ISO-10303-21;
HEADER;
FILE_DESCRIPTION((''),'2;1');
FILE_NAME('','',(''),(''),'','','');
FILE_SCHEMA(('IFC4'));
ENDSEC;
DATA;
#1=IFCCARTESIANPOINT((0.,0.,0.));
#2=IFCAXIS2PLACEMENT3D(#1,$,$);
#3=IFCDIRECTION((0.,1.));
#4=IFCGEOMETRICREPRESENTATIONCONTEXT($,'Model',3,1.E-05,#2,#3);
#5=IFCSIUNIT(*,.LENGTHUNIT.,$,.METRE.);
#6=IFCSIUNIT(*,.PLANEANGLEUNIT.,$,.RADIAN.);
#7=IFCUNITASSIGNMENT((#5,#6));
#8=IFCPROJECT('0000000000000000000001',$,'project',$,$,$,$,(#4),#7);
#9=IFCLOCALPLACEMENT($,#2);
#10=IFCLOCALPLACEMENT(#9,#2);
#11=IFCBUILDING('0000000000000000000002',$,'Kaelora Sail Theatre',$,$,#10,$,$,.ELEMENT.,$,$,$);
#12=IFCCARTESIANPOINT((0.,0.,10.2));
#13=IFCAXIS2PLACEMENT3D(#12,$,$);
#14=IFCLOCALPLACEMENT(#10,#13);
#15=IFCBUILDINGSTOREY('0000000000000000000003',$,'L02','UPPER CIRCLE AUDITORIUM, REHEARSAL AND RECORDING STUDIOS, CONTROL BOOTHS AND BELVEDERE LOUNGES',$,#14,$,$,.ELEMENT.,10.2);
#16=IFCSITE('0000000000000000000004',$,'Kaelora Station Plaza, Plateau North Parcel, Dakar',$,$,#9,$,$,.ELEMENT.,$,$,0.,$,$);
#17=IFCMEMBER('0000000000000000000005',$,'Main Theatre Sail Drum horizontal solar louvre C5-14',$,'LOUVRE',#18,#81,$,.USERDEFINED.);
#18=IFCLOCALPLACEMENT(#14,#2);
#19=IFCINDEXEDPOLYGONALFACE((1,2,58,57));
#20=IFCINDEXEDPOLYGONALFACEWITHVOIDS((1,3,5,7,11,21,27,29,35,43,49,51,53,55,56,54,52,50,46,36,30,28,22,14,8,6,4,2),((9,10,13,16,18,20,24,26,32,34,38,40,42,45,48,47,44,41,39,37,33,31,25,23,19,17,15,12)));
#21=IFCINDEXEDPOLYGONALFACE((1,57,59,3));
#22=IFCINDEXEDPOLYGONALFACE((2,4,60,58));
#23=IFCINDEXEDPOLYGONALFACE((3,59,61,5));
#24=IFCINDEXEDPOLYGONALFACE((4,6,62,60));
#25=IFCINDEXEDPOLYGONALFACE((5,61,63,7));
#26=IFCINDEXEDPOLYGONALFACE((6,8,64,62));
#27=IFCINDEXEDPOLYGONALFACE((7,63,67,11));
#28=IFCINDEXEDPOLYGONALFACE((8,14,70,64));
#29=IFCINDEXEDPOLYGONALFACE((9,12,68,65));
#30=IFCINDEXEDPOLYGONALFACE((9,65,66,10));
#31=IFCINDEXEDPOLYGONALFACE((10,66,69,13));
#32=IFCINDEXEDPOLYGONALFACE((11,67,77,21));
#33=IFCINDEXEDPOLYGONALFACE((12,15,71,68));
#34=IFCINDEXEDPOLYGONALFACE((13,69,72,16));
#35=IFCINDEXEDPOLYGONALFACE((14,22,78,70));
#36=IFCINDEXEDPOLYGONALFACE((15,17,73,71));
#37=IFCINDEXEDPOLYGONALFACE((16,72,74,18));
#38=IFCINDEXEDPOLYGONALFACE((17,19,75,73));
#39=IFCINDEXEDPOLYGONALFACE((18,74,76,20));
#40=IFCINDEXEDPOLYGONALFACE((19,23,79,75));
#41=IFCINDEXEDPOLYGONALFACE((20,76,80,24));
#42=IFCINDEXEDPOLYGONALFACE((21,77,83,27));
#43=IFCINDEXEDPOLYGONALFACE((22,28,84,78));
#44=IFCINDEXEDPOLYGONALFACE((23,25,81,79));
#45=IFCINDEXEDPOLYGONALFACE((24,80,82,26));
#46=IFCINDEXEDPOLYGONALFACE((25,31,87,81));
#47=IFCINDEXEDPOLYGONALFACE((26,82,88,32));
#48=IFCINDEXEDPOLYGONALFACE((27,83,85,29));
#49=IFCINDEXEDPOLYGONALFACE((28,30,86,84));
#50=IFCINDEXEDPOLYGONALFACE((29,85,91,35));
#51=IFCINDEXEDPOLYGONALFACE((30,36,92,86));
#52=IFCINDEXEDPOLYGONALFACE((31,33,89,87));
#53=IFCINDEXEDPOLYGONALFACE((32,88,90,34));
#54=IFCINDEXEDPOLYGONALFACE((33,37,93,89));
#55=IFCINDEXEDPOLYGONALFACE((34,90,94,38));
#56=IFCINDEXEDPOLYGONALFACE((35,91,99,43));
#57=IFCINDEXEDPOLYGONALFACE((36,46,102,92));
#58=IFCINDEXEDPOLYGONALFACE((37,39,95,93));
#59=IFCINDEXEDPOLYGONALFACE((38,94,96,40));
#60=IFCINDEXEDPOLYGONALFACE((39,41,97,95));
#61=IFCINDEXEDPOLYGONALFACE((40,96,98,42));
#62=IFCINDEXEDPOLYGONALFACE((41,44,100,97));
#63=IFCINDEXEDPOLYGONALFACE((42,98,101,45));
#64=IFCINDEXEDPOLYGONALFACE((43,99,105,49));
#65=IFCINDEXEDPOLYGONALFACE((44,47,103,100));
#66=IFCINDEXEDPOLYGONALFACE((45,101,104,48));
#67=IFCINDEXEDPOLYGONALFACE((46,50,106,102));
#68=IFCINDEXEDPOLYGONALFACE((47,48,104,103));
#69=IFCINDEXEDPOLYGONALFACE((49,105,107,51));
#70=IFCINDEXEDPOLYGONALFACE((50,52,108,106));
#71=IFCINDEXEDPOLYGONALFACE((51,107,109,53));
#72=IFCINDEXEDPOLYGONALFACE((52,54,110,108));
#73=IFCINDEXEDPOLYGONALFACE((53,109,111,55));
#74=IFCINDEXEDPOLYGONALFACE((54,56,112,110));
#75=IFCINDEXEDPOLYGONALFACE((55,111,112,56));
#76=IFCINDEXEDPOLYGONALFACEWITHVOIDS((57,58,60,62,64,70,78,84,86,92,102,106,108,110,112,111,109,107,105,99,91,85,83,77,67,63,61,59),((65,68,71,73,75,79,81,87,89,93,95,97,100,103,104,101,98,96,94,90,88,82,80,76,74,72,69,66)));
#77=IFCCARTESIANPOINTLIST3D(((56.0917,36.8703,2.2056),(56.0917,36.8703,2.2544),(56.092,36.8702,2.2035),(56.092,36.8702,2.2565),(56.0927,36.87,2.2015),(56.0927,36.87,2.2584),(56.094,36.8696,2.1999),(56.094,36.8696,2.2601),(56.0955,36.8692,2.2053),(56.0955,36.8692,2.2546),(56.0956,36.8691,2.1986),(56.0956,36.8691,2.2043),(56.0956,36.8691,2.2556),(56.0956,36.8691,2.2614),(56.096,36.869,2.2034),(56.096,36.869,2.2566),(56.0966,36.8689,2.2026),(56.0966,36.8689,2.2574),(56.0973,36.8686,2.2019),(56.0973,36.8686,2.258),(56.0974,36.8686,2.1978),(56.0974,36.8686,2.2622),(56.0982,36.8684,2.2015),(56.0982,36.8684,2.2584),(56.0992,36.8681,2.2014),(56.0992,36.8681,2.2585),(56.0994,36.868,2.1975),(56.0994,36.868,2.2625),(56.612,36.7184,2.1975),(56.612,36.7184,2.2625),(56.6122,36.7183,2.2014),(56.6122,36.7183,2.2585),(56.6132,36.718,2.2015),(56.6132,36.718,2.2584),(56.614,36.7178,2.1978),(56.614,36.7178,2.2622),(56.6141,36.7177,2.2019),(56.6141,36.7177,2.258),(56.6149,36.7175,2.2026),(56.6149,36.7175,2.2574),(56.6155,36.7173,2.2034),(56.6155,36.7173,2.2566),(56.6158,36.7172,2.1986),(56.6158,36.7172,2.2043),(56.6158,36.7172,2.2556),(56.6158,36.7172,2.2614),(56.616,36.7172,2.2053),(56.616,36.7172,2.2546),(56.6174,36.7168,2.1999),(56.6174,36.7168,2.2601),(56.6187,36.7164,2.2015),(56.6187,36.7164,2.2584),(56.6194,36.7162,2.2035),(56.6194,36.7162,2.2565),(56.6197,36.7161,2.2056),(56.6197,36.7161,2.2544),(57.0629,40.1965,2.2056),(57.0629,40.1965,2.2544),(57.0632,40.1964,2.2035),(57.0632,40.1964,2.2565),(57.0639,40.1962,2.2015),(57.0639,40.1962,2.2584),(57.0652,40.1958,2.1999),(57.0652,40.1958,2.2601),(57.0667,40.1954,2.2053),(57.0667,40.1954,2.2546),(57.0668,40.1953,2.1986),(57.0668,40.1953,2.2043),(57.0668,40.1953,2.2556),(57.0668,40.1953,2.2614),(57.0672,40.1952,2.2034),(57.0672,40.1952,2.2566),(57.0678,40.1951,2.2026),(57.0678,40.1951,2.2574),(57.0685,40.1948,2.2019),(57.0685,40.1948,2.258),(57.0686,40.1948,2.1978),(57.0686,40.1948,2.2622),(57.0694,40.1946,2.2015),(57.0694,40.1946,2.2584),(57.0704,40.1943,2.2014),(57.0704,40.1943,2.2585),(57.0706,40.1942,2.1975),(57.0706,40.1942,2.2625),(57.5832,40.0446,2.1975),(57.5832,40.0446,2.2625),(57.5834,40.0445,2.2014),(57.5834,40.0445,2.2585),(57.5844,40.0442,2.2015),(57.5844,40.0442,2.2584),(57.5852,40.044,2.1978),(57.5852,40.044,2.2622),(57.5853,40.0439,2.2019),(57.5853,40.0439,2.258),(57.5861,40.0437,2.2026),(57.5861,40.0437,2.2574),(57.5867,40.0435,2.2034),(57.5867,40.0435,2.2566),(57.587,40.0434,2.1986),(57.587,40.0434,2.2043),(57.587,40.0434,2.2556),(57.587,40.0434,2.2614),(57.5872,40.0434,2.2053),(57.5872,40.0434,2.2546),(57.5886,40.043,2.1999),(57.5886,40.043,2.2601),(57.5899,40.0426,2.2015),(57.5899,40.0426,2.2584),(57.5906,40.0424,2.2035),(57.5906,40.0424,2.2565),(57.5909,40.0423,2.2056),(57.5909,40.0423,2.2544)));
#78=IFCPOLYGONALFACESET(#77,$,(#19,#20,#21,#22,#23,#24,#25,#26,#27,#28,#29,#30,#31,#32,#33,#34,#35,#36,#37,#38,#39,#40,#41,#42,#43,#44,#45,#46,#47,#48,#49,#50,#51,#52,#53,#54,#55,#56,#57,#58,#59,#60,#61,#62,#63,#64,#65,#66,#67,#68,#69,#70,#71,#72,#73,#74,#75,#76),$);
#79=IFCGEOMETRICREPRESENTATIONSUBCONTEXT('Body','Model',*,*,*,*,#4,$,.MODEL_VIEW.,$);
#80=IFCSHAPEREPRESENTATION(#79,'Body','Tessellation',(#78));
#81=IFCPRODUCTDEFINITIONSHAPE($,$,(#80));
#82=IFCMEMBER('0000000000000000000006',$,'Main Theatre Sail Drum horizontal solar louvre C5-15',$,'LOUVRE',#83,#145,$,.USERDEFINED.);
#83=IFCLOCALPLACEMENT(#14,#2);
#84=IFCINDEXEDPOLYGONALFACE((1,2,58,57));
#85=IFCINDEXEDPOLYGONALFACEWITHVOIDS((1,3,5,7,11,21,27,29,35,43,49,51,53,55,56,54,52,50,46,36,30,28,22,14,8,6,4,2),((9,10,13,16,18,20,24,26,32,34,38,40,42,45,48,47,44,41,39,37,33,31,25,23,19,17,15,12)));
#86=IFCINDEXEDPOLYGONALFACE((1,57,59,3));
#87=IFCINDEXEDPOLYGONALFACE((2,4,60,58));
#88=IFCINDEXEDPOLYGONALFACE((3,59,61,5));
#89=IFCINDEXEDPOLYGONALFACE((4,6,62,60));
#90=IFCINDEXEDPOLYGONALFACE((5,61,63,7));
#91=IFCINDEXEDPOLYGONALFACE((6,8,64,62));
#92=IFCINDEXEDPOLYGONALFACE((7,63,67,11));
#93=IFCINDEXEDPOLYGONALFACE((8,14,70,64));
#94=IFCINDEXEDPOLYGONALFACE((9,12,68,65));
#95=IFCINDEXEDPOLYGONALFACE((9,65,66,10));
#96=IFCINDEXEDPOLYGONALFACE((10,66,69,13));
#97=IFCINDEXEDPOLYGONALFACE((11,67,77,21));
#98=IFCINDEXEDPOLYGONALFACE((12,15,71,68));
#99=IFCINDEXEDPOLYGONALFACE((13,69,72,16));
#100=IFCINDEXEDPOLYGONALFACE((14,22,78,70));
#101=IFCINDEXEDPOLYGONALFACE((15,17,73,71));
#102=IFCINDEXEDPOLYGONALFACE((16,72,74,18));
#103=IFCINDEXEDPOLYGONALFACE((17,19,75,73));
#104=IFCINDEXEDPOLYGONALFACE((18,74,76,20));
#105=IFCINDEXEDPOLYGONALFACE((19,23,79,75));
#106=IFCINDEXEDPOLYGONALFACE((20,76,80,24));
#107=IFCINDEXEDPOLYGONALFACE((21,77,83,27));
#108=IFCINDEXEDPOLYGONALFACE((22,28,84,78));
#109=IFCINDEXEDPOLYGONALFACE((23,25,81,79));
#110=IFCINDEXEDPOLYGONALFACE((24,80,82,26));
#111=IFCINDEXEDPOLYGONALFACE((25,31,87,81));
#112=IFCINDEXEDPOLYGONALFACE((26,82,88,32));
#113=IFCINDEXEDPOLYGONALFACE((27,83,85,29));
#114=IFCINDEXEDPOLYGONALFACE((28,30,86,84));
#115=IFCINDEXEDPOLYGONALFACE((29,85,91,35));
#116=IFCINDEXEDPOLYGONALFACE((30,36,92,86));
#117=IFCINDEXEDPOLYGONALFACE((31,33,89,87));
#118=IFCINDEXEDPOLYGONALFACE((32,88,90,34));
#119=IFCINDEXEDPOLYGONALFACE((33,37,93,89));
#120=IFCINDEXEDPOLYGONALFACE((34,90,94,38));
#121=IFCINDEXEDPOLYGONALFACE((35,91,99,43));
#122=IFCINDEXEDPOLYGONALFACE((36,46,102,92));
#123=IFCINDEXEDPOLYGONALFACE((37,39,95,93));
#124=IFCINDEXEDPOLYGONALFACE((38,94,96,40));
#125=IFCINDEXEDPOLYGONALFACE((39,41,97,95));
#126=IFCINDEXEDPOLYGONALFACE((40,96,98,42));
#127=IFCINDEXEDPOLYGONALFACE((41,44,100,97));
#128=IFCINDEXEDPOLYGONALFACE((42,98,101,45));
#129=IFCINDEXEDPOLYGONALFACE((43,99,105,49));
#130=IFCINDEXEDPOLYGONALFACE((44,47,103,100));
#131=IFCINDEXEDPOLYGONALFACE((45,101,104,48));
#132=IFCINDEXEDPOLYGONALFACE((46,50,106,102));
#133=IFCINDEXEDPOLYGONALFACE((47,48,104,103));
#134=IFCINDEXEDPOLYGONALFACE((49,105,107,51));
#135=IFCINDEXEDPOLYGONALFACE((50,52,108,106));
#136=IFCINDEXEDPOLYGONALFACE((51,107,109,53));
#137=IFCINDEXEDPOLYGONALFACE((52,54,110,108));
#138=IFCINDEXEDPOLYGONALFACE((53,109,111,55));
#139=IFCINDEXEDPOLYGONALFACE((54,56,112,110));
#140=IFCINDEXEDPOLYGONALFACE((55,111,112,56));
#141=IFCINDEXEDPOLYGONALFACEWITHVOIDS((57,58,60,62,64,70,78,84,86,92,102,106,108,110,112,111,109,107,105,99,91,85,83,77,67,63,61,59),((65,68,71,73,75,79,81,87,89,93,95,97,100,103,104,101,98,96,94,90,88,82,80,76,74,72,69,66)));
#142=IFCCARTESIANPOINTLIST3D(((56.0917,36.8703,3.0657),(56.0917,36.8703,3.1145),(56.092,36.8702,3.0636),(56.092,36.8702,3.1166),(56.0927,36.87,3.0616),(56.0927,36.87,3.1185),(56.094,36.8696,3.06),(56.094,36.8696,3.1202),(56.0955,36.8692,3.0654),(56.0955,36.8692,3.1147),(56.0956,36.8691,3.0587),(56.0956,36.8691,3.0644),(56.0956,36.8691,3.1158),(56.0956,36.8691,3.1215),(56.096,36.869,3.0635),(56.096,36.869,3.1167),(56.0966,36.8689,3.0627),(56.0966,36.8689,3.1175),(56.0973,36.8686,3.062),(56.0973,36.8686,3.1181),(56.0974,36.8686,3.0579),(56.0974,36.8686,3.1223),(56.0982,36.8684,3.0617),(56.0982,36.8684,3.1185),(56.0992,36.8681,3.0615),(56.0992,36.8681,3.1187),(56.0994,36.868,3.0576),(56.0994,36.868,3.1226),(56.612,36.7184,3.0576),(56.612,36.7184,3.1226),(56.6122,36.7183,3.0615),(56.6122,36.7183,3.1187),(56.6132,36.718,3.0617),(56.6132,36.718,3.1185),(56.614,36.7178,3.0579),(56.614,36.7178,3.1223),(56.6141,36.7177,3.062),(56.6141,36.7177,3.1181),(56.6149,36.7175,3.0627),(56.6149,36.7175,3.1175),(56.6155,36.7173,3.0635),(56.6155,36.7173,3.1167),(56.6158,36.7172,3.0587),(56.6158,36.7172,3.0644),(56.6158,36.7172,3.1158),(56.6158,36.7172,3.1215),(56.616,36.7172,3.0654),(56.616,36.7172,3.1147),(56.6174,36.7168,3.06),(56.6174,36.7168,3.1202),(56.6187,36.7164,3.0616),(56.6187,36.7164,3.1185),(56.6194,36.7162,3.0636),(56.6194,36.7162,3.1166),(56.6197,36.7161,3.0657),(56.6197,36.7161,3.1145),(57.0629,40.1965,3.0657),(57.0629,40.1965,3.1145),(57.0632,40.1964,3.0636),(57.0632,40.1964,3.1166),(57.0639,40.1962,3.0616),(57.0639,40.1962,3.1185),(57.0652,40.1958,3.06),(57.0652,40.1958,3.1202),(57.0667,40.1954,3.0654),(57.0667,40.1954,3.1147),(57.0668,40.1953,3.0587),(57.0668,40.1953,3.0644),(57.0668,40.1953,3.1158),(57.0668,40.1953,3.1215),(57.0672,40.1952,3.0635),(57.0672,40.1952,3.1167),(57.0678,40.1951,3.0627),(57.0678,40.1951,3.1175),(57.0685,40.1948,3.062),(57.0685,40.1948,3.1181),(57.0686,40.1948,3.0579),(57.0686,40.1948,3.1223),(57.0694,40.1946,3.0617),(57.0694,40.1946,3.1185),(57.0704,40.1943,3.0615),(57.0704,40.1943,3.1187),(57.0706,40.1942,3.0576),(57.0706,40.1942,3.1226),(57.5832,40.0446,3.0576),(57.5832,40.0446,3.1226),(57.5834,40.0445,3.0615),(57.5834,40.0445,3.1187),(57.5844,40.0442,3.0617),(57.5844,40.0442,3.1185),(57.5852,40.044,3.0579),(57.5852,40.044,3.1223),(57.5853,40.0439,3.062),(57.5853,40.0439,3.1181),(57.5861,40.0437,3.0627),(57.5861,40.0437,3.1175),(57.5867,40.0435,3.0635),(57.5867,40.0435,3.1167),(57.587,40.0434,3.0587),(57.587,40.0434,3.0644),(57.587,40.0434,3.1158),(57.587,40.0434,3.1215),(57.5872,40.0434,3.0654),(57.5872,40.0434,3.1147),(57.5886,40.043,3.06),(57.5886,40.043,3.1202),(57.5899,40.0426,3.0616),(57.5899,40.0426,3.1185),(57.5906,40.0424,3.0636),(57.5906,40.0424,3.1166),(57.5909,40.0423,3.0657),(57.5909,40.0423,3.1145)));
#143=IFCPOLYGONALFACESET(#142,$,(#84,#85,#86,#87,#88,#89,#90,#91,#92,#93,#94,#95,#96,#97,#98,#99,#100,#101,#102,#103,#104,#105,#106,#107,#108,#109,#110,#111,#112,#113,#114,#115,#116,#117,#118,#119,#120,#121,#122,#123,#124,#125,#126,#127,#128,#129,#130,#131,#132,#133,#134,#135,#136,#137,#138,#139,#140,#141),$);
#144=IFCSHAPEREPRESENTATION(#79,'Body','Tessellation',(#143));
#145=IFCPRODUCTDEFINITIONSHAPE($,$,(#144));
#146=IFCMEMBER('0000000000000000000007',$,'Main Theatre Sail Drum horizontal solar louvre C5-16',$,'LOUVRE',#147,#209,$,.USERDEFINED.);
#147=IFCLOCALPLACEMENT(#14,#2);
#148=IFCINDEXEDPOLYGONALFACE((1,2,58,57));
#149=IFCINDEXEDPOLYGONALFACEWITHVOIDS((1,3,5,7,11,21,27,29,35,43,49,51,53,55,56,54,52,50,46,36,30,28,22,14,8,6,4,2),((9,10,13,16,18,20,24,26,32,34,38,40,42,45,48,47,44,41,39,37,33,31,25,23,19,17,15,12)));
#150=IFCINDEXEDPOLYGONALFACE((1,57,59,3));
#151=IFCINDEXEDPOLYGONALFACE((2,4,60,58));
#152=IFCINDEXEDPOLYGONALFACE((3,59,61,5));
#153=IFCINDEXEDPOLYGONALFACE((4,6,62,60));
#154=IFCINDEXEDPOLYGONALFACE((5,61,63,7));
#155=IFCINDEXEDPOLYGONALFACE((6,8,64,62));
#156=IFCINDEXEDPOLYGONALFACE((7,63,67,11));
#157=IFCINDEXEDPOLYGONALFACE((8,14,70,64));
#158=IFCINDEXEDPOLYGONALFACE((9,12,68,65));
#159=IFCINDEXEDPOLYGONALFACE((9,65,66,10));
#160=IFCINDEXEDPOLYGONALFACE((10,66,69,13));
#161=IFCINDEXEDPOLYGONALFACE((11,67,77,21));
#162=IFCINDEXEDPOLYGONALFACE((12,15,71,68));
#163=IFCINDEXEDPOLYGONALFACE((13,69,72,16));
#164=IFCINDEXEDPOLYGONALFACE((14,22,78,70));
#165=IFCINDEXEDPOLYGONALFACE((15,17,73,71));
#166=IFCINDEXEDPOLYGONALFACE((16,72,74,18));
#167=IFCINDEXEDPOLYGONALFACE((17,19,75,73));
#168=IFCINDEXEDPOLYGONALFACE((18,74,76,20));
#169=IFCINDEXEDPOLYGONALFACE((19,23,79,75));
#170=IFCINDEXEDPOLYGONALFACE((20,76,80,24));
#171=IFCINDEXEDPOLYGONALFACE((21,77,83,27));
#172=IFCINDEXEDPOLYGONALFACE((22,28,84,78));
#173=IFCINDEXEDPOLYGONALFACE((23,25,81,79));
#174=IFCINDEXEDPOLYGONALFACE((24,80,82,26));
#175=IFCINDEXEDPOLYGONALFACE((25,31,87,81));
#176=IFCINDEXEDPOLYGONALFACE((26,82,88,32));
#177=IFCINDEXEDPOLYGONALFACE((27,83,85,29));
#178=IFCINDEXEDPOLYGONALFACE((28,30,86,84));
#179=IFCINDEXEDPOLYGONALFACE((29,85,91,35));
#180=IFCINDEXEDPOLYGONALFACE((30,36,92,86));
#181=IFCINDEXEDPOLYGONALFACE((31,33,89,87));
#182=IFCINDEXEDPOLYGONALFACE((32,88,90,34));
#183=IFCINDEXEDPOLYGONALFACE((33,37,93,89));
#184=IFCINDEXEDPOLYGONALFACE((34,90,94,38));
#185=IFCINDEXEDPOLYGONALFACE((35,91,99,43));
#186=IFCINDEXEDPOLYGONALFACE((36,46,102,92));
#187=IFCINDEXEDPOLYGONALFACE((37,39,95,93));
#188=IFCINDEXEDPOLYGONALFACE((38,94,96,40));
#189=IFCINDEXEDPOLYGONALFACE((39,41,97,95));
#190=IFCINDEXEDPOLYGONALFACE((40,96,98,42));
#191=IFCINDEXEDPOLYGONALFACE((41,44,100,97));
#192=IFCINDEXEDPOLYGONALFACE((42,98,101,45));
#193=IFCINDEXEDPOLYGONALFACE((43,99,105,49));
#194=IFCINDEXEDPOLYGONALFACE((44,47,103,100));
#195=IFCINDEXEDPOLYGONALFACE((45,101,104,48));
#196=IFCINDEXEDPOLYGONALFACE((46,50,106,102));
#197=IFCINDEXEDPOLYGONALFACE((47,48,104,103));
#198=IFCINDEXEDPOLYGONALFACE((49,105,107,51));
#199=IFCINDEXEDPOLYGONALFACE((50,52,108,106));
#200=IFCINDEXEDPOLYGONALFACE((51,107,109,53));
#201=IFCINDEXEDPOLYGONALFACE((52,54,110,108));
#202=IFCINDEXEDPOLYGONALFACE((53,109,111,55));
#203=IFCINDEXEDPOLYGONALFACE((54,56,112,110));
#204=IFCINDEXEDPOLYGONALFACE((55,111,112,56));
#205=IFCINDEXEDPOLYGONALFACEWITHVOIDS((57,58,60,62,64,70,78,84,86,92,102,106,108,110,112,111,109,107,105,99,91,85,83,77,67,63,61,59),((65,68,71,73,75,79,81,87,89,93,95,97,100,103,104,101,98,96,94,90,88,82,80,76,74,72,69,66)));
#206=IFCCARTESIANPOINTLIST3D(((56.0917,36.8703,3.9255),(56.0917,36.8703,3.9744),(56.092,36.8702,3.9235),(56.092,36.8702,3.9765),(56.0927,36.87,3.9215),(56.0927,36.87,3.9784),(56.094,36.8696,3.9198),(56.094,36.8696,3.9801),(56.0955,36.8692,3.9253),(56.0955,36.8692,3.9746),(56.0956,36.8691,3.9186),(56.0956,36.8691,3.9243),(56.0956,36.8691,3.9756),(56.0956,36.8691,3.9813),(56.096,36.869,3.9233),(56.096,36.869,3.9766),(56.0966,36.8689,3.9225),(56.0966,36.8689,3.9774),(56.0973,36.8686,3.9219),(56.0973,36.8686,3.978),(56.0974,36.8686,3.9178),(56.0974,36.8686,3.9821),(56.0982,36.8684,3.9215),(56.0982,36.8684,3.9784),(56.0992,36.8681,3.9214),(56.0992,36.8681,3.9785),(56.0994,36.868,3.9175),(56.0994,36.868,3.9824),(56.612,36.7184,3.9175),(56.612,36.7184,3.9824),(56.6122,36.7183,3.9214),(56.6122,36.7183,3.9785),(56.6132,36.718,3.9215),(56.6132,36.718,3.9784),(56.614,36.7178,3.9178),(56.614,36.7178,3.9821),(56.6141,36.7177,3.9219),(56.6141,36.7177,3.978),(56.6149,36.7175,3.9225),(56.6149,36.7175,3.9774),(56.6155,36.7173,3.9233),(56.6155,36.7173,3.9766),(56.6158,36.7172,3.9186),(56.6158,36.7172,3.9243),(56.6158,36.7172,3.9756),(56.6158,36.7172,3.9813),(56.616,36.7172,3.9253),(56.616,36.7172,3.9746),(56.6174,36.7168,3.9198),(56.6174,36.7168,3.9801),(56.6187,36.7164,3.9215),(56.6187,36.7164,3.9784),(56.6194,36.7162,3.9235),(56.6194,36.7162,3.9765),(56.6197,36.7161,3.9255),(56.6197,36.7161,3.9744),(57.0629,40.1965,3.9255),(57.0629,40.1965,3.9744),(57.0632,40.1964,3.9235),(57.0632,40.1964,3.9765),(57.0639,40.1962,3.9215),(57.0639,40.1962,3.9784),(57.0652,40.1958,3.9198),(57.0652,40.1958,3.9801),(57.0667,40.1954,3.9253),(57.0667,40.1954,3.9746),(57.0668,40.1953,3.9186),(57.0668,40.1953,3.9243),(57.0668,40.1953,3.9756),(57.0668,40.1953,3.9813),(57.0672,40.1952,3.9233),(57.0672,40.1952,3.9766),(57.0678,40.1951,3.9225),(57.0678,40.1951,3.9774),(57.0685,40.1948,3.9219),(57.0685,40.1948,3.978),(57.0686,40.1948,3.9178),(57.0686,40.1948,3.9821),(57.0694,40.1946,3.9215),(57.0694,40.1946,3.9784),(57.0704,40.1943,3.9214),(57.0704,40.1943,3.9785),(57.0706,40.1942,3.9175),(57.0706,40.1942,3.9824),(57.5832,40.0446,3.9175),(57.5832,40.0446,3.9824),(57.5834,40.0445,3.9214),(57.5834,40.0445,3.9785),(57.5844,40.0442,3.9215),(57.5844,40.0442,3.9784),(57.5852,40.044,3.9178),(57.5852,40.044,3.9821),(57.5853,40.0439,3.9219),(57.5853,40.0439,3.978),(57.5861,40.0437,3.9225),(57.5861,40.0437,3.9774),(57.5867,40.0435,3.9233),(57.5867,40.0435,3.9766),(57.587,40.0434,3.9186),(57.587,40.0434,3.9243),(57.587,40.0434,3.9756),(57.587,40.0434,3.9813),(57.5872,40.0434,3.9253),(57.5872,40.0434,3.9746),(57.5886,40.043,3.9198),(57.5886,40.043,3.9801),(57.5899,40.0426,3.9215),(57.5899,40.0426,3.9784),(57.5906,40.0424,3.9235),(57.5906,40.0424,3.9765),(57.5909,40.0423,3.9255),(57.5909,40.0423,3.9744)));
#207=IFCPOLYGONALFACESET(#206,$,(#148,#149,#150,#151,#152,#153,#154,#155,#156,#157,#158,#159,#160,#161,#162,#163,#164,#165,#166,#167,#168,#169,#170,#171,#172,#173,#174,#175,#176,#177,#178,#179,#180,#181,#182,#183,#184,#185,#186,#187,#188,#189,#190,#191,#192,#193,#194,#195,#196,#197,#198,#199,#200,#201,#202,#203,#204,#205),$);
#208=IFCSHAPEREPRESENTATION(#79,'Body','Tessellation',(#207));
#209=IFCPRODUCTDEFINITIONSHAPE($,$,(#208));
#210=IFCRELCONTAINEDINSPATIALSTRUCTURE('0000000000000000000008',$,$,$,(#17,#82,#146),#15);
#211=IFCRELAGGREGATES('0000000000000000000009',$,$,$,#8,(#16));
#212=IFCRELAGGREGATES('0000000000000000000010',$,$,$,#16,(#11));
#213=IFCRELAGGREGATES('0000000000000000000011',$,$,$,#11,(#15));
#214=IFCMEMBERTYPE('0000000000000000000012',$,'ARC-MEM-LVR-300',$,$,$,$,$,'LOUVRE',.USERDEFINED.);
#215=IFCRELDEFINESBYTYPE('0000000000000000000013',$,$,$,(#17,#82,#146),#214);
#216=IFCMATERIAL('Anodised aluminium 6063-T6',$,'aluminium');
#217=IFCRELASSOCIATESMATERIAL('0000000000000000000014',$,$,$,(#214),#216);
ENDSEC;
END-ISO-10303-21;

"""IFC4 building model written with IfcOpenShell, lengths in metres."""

from ifc_helpers import new_model, si_unit, direction, frame, origin, origin_2d, place, context, subcontext, project, spatial, hollow_rectangle, extrude, material, material_profile, profile_set, type_object, element, save


model = new_model("IFC4")

# Units and contexts
model_context = context("Model", 3, precision=1e-05, world=origin(), true_north=direction((0.0, 1.0)))
body_context = subcontext(model_context, "Body", "Model", "MODEL_VIEW")
ifc_project = project(units=[si_unit("LENGTHUNIT", "METRE"), si_unit("PLANEANGLEUNIT", "RADIAN")], contexts=[model_context])

# Site, building, storey
site_placement = place(None, origin())
site = spatial("IfcSite", under=ifc_project, at=site_placement, Name="Kaelora Station Plaza, Plateau North Parcel, Dakar", CompositionType="ELEMENT", RefElevation=0.0)
building_placement = place(site_placement, origin())
building = spatial("IfcBuilding", under=site, at=building_placement, Name="Kaelora Sail Theatre", CompositionType="ELEMENT")
storey_placement = place(building_placement, frame((0.0, 0.0, 10.2)))
storey = spatial("IfcBuildingStorey", under=building, at=storey_placement, Name="L02", Description="UPPER CIRCLE AUDITORIUM, REHEARSAL AND RECORDING STUDIOS, CONTROL BOOTHS AND BELVEDERE LOUNGES", CompositionType="ELEMENT", Elevation=10.2)

# Members
ifc_material_1 = material(Name="Anodised aluminium 6063-T6", Category="aluminium")
ifc_material_profile_1 = material_profile(ifc_material_1, hollow_rectangle(XDim=0.55, YDim=0.0649, WallThickness=0.0039, InnerFilletRadius=0.0039, OuterFilletRadius=0.0081, at=origin_2d()), Name="LOUVRE 550x65x4")
ifc_profile_set_1 = profile_set([ifc_material_profile_1], Name="Anodised aluminium 6063-T6")
member_type = type_object("IfcMemberType", Name="ARC-MEM-LVR-300", ElementType="LOUVRE", PredefinedType="USERDEFINED", material=ifc_profile_set_1)
for number, where, z_axis, x_axis, name in (
    (1, (57.3269, 40.1194, 2.23), (-0.280281, -0.959918, 0.0), (0.959918, -0.280281, 0.0), "Main Theatre Sail Drum horizontal solar louvre C5-14"),
    (2, (57.3269, 40.1194, 3.0901), (-0.280281, -0.959918, 0.0), (0.959918, -0.280281, 0.0), "Main Theatre Sail Drum horizontal solar louvre C5-15"),
    (3, (57.3269, 40.1194, 3.95), (-0.280281, -0.959918, 0.0), (0.959918, -0.280281, 0.0), "Main Theatre Sail Drum horizontal solar louvre C5-16"),
):
    element("IfcMember", number, at=place(storey_placement, frame(where, z_axis=z_axis, x_axis=x_axis)), inside=storey, type_object=member_type, Name=name, ObjectType="LOUVRE", PredefinedType="USERDEFINED", context=body_context, shape_type="SweptSolid", body=[
        extrude(hollow_rectangle(XDim=0.55, YDim=0.0649, WallThickness=0.0039, InnerFilletRadius=0.0039, OuterFilletRadius=0.0081, at=origin_2d()), origin(), (0.0, 0.0, 1.0), 3.4651),
    ])

save(model, "model.ifc")
